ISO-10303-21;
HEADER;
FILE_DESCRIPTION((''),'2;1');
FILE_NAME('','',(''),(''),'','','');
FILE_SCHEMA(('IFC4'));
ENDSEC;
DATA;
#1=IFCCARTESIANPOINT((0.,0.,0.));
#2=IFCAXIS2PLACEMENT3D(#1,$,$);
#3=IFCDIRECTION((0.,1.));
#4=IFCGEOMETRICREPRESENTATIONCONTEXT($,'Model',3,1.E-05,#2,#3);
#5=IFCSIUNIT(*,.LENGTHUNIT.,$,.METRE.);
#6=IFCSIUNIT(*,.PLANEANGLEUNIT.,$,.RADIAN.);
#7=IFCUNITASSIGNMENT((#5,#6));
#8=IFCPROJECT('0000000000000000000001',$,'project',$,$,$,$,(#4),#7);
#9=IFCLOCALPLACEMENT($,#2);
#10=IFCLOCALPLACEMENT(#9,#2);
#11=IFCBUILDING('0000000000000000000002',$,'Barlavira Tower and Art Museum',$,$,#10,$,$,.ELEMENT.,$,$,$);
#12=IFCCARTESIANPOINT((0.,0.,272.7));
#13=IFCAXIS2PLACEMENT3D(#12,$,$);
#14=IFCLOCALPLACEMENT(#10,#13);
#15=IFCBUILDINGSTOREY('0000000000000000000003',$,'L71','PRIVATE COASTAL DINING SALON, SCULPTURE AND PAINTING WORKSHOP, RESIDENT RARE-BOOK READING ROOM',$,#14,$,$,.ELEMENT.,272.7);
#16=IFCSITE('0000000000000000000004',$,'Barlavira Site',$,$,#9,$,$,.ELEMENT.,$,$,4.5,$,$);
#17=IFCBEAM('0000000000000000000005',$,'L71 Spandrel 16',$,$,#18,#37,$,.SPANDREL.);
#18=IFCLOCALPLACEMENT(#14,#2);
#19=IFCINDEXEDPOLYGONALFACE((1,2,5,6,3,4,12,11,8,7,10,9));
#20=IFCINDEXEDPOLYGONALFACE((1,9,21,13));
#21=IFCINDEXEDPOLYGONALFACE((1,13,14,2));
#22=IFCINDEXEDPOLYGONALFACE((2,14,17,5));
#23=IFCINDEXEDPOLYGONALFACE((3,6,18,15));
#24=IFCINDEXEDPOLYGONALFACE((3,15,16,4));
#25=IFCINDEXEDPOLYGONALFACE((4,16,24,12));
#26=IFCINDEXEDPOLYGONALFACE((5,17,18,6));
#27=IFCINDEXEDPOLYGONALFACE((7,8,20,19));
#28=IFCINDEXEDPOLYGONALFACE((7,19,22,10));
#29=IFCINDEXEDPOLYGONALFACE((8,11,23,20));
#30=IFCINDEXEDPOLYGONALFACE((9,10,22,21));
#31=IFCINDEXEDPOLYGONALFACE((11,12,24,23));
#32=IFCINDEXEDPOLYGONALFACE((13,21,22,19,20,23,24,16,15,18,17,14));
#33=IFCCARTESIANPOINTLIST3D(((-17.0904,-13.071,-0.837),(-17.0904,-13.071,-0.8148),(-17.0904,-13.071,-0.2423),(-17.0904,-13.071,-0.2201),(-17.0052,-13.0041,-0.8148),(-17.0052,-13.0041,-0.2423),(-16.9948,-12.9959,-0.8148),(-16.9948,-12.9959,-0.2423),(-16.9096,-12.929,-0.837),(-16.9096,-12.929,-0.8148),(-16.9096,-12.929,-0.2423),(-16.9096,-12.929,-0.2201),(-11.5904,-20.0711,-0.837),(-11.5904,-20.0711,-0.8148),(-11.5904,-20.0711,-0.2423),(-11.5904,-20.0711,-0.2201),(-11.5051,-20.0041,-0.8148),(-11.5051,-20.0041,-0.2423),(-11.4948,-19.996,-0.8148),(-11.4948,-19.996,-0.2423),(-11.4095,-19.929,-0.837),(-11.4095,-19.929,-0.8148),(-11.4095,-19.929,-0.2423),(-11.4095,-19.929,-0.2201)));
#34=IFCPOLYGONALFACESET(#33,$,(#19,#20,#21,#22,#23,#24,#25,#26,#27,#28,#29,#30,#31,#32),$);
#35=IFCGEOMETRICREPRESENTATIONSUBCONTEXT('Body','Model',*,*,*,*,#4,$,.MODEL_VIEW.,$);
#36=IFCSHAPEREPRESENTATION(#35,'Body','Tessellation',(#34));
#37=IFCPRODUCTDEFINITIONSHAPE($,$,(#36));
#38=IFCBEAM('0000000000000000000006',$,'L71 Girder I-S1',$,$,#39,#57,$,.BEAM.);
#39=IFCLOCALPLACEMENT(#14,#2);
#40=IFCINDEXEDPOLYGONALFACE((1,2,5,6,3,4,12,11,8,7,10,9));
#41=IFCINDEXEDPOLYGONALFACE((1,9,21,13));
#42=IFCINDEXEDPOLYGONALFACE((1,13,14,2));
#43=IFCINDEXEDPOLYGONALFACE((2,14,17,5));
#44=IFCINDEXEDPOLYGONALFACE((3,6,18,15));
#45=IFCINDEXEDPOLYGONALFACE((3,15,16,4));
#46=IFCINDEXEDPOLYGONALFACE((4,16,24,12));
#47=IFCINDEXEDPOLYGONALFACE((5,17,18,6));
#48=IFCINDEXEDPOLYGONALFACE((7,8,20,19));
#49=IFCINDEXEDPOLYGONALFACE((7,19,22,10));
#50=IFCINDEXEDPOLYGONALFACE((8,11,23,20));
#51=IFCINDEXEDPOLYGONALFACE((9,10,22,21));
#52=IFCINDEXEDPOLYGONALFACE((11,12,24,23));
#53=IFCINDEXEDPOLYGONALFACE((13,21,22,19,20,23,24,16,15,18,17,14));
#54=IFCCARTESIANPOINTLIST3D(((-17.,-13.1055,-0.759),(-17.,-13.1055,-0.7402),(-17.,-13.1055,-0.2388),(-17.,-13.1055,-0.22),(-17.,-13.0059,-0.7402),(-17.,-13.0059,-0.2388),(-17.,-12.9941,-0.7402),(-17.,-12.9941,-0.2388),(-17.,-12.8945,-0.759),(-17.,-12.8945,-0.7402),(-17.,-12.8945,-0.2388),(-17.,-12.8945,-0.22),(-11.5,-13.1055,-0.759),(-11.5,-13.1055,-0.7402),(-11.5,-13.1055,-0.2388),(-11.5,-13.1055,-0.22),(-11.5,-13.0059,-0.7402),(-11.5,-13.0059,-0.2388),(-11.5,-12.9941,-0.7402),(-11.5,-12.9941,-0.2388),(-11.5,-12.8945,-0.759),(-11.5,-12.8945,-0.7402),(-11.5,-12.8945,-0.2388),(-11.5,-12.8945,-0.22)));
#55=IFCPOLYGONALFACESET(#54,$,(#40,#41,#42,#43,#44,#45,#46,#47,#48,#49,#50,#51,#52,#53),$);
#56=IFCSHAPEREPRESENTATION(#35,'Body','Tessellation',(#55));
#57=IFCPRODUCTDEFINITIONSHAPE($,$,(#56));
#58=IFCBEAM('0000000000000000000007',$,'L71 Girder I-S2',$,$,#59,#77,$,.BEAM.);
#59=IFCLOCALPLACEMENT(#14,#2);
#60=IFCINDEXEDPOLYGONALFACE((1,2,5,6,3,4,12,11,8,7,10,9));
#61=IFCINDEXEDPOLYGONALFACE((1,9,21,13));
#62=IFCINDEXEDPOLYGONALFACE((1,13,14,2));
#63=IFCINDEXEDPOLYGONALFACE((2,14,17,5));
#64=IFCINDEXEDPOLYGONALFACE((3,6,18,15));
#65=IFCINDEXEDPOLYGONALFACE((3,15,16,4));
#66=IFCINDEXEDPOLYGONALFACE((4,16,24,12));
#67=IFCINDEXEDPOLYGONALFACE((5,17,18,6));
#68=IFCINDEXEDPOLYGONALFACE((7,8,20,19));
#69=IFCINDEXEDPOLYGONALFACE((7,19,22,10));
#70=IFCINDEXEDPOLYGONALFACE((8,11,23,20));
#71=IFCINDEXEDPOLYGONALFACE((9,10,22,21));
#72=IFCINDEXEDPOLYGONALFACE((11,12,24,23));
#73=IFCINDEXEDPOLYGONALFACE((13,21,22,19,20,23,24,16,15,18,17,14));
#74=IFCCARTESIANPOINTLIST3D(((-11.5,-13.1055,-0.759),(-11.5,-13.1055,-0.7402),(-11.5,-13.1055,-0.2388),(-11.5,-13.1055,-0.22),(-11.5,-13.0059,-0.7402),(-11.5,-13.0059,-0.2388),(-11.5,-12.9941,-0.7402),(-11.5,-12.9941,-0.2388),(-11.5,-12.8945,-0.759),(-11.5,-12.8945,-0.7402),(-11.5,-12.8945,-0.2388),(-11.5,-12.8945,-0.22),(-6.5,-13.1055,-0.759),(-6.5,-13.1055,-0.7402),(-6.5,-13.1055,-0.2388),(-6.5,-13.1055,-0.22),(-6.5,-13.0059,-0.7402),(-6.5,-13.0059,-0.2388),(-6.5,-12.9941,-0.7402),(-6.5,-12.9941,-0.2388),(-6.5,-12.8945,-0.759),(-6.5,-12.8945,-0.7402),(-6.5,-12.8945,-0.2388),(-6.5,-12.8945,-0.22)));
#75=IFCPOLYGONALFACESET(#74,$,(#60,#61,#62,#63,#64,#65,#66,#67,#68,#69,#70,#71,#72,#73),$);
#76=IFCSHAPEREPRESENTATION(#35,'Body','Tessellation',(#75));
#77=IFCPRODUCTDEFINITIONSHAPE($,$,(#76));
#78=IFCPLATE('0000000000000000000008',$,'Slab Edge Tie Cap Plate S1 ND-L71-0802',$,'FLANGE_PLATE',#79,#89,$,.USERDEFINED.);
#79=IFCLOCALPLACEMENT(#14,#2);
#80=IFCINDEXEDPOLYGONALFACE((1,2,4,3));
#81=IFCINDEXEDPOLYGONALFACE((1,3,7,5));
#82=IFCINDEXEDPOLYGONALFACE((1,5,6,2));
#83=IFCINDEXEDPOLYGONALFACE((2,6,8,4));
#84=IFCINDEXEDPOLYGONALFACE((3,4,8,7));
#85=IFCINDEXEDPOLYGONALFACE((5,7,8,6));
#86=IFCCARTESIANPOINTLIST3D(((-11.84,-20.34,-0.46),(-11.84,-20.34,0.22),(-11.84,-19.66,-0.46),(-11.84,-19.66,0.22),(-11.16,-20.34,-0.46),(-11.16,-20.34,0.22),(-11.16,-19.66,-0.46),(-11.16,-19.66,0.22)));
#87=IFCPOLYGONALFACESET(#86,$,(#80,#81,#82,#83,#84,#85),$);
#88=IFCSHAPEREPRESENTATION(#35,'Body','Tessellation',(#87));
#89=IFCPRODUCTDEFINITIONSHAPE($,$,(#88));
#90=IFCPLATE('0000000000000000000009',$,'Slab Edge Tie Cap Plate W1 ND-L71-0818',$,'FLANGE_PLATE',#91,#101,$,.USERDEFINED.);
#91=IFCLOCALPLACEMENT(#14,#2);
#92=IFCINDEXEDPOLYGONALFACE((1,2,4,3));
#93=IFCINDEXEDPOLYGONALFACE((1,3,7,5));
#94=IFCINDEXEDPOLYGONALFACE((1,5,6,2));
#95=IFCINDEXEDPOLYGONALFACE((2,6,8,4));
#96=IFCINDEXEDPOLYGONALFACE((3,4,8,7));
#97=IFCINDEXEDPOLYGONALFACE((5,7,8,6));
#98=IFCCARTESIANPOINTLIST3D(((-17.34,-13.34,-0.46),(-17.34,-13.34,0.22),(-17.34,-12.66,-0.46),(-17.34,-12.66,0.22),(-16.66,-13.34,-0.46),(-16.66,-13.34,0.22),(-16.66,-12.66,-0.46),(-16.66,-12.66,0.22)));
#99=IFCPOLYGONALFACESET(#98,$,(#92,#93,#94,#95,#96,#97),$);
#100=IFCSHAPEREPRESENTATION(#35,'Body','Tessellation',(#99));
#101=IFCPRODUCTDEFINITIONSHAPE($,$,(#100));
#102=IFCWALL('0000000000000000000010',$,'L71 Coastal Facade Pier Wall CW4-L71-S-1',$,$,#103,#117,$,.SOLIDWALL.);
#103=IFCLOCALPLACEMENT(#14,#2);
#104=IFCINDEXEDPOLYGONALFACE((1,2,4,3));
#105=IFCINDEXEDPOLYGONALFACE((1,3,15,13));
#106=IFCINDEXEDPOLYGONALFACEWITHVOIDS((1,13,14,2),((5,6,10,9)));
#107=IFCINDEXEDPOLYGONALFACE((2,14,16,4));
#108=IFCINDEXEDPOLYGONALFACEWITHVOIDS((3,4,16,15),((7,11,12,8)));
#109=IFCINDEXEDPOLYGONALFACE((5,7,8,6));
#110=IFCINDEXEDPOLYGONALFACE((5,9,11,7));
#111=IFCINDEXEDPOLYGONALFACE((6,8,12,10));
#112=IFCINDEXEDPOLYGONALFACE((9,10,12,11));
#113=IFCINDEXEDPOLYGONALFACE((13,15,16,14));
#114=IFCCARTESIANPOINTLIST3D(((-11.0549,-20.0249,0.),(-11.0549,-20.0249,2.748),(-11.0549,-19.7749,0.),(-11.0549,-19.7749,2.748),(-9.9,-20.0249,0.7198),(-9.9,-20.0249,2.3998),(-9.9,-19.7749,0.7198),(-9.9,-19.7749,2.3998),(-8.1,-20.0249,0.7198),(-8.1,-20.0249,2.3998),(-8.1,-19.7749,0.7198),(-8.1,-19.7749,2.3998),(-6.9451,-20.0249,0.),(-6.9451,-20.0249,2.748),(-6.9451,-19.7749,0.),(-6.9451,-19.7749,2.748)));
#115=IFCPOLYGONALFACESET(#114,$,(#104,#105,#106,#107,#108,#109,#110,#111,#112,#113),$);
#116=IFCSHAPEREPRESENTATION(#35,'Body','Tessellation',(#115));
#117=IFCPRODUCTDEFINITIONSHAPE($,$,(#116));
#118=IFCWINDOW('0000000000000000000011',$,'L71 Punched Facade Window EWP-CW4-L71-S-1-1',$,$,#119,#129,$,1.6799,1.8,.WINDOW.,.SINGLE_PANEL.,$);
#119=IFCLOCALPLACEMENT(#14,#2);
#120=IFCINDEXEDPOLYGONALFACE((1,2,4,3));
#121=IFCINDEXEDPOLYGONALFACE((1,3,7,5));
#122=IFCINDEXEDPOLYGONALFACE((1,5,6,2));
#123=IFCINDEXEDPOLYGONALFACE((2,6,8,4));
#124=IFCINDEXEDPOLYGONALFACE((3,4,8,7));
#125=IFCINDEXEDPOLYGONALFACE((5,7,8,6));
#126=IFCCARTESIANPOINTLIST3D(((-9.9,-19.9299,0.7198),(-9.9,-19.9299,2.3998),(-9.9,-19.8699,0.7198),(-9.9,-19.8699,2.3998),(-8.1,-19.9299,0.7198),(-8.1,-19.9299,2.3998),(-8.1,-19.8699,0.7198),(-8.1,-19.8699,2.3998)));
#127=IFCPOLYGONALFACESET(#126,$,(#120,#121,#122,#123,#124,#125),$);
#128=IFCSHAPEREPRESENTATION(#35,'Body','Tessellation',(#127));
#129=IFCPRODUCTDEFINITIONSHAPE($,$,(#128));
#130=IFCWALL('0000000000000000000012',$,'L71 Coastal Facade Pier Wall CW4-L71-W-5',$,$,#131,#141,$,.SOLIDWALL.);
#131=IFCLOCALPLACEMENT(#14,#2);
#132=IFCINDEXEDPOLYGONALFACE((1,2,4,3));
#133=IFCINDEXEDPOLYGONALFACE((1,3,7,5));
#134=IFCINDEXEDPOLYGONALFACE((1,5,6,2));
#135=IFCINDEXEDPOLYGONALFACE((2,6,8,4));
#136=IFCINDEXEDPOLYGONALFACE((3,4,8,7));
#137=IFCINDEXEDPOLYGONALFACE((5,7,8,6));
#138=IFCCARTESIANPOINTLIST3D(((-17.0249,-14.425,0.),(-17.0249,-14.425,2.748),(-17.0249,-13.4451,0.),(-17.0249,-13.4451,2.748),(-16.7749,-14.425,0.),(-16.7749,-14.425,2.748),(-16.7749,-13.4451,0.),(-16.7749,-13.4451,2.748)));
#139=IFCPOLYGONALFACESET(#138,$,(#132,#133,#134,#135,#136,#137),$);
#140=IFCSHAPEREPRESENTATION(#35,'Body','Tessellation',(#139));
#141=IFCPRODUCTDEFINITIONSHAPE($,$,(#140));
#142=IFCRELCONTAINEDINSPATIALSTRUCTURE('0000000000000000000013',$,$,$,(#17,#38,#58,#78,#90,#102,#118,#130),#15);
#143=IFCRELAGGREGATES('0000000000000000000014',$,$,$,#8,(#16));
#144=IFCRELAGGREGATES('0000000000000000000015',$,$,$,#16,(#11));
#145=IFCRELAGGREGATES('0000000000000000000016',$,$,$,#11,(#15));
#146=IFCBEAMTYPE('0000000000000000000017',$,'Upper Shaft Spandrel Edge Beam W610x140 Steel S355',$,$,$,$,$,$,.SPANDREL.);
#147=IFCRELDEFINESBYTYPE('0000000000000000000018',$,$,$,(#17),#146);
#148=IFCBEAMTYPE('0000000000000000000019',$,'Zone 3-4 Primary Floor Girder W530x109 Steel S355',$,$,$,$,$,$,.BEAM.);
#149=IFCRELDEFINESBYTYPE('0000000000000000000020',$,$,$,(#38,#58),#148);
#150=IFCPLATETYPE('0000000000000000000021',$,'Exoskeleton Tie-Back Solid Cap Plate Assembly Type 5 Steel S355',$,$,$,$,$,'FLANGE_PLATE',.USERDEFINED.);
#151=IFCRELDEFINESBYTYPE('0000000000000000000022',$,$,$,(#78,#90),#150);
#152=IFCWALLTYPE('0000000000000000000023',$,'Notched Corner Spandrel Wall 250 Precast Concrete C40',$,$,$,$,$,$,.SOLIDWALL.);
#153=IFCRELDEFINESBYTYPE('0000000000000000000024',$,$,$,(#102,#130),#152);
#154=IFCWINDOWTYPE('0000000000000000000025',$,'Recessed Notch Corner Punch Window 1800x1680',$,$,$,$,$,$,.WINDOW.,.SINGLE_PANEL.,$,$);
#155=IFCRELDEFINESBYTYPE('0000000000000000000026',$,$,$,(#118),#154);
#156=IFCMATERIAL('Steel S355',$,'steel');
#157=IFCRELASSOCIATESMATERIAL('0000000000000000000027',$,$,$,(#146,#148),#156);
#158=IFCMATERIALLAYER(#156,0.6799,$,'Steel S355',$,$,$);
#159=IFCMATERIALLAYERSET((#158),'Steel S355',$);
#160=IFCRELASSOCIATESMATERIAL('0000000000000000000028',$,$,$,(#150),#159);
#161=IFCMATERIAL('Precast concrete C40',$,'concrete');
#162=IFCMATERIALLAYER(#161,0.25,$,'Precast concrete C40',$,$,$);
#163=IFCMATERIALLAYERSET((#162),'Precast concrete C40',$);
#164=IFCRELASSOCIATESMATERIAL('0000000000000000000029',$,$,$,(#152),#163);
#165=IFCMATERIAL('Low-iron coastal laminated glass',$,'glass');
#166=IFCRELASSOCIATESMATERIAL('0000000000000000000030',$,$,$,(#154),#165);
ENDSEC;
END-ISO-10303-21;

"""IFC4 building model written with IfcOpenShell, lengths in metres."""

from ifc_helpers import new_model, si_unit, direction, frame, frame_2d, origin, origin_2d, place, context, subcontext, project, spatial, rectangle, i_section, extrude, material, layer, layer_set, material_profile, profile_set, type_object, element, fill, save


model = new_model("IFC4")

# Units and contexts
model_context = context("Model", 3, precision=1e-05, world=origin(), true_north=direction((0.0, 1.0)))
body_context = subcontext(model_context, "Body", "Model", "MODEL_VIEW")
ifc_project = project(units=[si_unit("LENGTHUNIT", "METRE"), si_unit("PLANEANGLEUNIT", "RADIAN")], contexts=[model_context])

# Site, building, storey
site_placement = place(None, origin())
site = spatial("IfcSite", under=ifc_project, at=site_placement, Name="Barlavira Site", CompositionType="ELEMENT", RefElevation=4.5)
building_placement = place(site_placement, origin())
building = spatial("IfcBuilding", under=site, at=building_placement, Name="Barlavira Tower and Art Museum", CompositionType="ELEMENT")
storey_placement = place(building_placement, frame((0.0, 0.0, 272.7)))
storey = spatial("IfcBuildingStorey", under=building, at=storey_placement, Name="L71", Description="PRIVATE COASTAL DINING SALON, SCULPTURE AND PAINTING WORKSHOP, RESIDENT RARE-BOOK READING ROOM", CompositionType="ELEMENT", Elevation=272.7)

# Shared definitions
ifc_material_1 = material(Name="Steel S355", Category="steel")

# Beams
ifc_material_profile_1 = material_profile(ifc_material_1, i_section(OverallWidth=0.23, OverallDepth=0.6169, WebThickness=0.0132, FlangeThickness=0.0222, at=origin_2d()), Name="W610x140.0")
ifc_profile_set_1 = profile_set([ifc_material_profile_1], Name="Steel S355")
beam_type_1 = type_object("IfcBeamType", Name="Upper Shaft Spandrel Edge Beam W610x140 Steel S355", PredefinedType="SPANDREL", material=ifc_profile_set_1)
beam_1_placement = place(storey_placement, frame((-17.0, -13.0, -0.5286), z_axis=(0.617822, -0.786318, 0.0), x_axis=(0.786318, 0.617822, 0.0)))
element("IfcBeam", 1, at=beam_1_placement, inside=storey, type_object=beam_type_1, Name="L71 Spandrel 16", PredefinedType="SPANDREL", context=body_context, shape_type="SweptSolid", body=[
    extrude(i_section(OverallWidth=0.23, OverallDepth=0.6169, WebThickness=0.0132, FlangeThickness=0.0222, at=origin_2d()), origin(), (0.0, 0.0, 1.0), 8.9023),
])
ifc_material_profile_2 = material_profile(ifc_material_1, i_section(OverallWidth=0.2109, OverallDepth=0.5391, WebThickness=0.0117, FlangeThickness=0.0188, at=origin_2d()), Name="W530x109.0")
ifc_profile_set_2 = profile_set([ifc_material_profile_2], Name="Steel S355")
beam_type_2 = type_object("IfcBeamType", Name="Zone 3-4 Primary Floor Girder W530x109 Steel S355", PredefinedType="BEAM", material=ifc_profile_set_2)
beam_2_placement = place(storey_placement, frame((-17.0, -13.0, -0.4895), z_axis=(1.0, 0.0, 0.0), x_axis=(0.0, 1.0, 0.0)))
element("IfcBeam", 2, at=beam_2_placement, inside=storey, type_object=beam_type_2, Name="L71 Girder I-S1", PredefinedType="BEAM", context=body_context, shape_type="SweptSolid", body=[
    extrude(i_section(OverallWidth=0.2109, OverallDepth=0.5391, WebThickness=0.0117, FlangeThickness=0.0188, at=origin_2d()), origin(), (0.0, 0.0, 1.0), 5.5),
])
beam_3_placement = place(storey_placement, frame((-11.5, -13.0, -0.4895), z_axis=(1.0, 0.0, 0.0), x_axis=(0.0, 1.0, 0.0)))
element("IfcBeam", 3, at=beam_3_placement, inside=storey, type_object=beam_type_2, Name="L71 Girder I-S2", PredefinedType="BEAM", context=body_context, shape_type="SweptSolid", body=[
    extrude(i_section(OverallWidth=0.2109, OverallDepth=0.5391, WebThickness=0.0117, FlangeThickness=0.0188, at=origin_2d()), origin(), (0.0, 0.0, 1.0), 5.0),
])

# Plates
ifc_layer_1 = layer(ifc_material_1, 0.6799, Name="Steel S355")
ifc_layer_set_1 = layer_set([ifc_layer_1], Name="Steel S355")
plate_type = type_object("IfcPlateType", Name="Exoskeleton Tie-Back Solid Cap Plate Assembly Type 5 Steel S355", ElementType="FLANGE_PLATE", PredefinedType="USERDEFINED", material=ifc_layer_set_1)
for number, where, z_axis, x_axis, name in (
    (4, (-11.5, -20.0, -0.46), (0.0, 0.0, 1.0), (1.0, 0.0, 0.0), "Slab Edge Tie Cap Plate S1 ND-L71-0802"),
    (5, (-17.0, -13.0, -0.46), (0.0, 0.0, 1.0), (1.0, 0.0, 0.0), "Slab Edge Tie Cap Plate W1 ND-L71-0818"),
):
    element("IfcPlate", number, at=place(storey_placement, frame(where, z_axis=z_axis, x_axis=x_axis)), inside=storey, type_object=plate_type, Name=name, ObjectType="FLANGE_PLATE", PredefinedType="USERDEFINED", context=body_context, shape_type="SweptSolid", body=[
        extrude(rectangle(XDim=0.6799, YDim=0.6799, at=origin_2d()), origin(), (0.0, 0.0, 1.0), 0.6799),
    ])

# Wall, opening, window
ifc_material_2 = material(Name="Precast concrete C40", Category="concrete")
ifc_layer_2 = layer(ifc_material_2, 0.25, Name="Precast concrete C40")
ifc_layer_set_2 = layer_set([ifc_layer_2], Name="Precast concrete C40")
wall_type = type_object("IfcWallType", Name="Notched Corner Spandrel Wall 250 Precast Concrete C40", PredefinedType="SOLIDWALL", material=ifc_layer_set_2)
wall_1_placement = place(storey_placement, frame((-11.0549, -19.8999, 0.0), z_axis=(0.0, 0.0, 1.0), x_axis=(1.0, 0.0, 0.0)))
wall_1 = element("IfcWall", 6, at=wall_1_placement, inside=storey, type_object=wall_type, Name="L71 Coastal Facade Pier Wall CW4-L71-S-1", PredefinedType="SOLIDWALL", context=body_context, shape_type="SweptSolid", body=[
    extrude(rectangle(XDim=4.1099, YDim=0.25, at=frame_2d((2.0549, 0.0))), origin(), (0.0, 0.0, 1.0), 2.748),
])
opening_1_placement = place(wall_1_placement, frame((1.155, 0.0, 0.72)))
opening_1 = element("IfcOpeningElement", 7, at=opening_1_placement, cuts=wall_1, PredefinedType="OPENING", context=body_context, shape_type="SweptSolid", body=[
    extrude(rectangle(XDim=1.8, YDim=1.6799, at=frame_2d((0.8999, 0.8398))), frame((0.0, 0.135, 0.0), z_axis=(0.0, -1.0, 0.0), x_axis=(1.0, 0.0, 0.0)), (0.0, 0.0, 1.0), 0.27),
])
ifc_material_3 = material(Name="Low-iron coastal laminated glass", Category="glass")
window_type = type_object("IfcWindowType", Name="Recessed Notch Corner Punch Window 1800x1680", PartitioningType="SINGLE_PANEL", PredefinedType="WINDOW", material=ifc_material_3)
window_1_placement = place(opening_1_placement, origin())
window_1 = element("IfcWindow", 8, at=window_1_placement, inside=storey, type_object=window_type, Name="L71 Punched Facade Window EWP-CW4-L71-S-1-1", OverallHeight=1.6799, OverallWidth=1.8, PartitioningType="SINGLE_PANEL", PredefinedType="WINDOW", context=body_context, shape_type="SweptSolid", body=[
    extrude(rectangle(XDim=1.8, YDim=1.6799, at=frame_2d((0.8999, 0.8398))), frame((0.0, 0.03, 0.0), z_axis=(0.0, -1.0, 0.0), x_axis=(1.0, 0.0, 0.0)), (0.0, 0.0, 1.0), 0.0601),
])
fill(opening_1, window_1)

# Wall
wall_2_placement = place(storey_placement, frame((-16.8999, -13.4451, 0.0), z_axis=(0.0, 0.0, 1.0), x_axis=(0.0, -1.0, 0.0)))
element("IfcWall", 9, at=wall_2_placement, inside=storey, type_object=wall_type, Name="L71 Coastal Facade Pier Wall CW4-L71-W-5", PredefinedType="SOLIDWALL", context=body_context, shape_type="SweptSolid", body=[
    extrude(rectangle(XDim=0.98, YDim=0.25, at=frame_2d((0.49, 0.0))), origin(), (0.0, 0.0, 1.0), 2.748),
])

save(model, "model.ifc")
